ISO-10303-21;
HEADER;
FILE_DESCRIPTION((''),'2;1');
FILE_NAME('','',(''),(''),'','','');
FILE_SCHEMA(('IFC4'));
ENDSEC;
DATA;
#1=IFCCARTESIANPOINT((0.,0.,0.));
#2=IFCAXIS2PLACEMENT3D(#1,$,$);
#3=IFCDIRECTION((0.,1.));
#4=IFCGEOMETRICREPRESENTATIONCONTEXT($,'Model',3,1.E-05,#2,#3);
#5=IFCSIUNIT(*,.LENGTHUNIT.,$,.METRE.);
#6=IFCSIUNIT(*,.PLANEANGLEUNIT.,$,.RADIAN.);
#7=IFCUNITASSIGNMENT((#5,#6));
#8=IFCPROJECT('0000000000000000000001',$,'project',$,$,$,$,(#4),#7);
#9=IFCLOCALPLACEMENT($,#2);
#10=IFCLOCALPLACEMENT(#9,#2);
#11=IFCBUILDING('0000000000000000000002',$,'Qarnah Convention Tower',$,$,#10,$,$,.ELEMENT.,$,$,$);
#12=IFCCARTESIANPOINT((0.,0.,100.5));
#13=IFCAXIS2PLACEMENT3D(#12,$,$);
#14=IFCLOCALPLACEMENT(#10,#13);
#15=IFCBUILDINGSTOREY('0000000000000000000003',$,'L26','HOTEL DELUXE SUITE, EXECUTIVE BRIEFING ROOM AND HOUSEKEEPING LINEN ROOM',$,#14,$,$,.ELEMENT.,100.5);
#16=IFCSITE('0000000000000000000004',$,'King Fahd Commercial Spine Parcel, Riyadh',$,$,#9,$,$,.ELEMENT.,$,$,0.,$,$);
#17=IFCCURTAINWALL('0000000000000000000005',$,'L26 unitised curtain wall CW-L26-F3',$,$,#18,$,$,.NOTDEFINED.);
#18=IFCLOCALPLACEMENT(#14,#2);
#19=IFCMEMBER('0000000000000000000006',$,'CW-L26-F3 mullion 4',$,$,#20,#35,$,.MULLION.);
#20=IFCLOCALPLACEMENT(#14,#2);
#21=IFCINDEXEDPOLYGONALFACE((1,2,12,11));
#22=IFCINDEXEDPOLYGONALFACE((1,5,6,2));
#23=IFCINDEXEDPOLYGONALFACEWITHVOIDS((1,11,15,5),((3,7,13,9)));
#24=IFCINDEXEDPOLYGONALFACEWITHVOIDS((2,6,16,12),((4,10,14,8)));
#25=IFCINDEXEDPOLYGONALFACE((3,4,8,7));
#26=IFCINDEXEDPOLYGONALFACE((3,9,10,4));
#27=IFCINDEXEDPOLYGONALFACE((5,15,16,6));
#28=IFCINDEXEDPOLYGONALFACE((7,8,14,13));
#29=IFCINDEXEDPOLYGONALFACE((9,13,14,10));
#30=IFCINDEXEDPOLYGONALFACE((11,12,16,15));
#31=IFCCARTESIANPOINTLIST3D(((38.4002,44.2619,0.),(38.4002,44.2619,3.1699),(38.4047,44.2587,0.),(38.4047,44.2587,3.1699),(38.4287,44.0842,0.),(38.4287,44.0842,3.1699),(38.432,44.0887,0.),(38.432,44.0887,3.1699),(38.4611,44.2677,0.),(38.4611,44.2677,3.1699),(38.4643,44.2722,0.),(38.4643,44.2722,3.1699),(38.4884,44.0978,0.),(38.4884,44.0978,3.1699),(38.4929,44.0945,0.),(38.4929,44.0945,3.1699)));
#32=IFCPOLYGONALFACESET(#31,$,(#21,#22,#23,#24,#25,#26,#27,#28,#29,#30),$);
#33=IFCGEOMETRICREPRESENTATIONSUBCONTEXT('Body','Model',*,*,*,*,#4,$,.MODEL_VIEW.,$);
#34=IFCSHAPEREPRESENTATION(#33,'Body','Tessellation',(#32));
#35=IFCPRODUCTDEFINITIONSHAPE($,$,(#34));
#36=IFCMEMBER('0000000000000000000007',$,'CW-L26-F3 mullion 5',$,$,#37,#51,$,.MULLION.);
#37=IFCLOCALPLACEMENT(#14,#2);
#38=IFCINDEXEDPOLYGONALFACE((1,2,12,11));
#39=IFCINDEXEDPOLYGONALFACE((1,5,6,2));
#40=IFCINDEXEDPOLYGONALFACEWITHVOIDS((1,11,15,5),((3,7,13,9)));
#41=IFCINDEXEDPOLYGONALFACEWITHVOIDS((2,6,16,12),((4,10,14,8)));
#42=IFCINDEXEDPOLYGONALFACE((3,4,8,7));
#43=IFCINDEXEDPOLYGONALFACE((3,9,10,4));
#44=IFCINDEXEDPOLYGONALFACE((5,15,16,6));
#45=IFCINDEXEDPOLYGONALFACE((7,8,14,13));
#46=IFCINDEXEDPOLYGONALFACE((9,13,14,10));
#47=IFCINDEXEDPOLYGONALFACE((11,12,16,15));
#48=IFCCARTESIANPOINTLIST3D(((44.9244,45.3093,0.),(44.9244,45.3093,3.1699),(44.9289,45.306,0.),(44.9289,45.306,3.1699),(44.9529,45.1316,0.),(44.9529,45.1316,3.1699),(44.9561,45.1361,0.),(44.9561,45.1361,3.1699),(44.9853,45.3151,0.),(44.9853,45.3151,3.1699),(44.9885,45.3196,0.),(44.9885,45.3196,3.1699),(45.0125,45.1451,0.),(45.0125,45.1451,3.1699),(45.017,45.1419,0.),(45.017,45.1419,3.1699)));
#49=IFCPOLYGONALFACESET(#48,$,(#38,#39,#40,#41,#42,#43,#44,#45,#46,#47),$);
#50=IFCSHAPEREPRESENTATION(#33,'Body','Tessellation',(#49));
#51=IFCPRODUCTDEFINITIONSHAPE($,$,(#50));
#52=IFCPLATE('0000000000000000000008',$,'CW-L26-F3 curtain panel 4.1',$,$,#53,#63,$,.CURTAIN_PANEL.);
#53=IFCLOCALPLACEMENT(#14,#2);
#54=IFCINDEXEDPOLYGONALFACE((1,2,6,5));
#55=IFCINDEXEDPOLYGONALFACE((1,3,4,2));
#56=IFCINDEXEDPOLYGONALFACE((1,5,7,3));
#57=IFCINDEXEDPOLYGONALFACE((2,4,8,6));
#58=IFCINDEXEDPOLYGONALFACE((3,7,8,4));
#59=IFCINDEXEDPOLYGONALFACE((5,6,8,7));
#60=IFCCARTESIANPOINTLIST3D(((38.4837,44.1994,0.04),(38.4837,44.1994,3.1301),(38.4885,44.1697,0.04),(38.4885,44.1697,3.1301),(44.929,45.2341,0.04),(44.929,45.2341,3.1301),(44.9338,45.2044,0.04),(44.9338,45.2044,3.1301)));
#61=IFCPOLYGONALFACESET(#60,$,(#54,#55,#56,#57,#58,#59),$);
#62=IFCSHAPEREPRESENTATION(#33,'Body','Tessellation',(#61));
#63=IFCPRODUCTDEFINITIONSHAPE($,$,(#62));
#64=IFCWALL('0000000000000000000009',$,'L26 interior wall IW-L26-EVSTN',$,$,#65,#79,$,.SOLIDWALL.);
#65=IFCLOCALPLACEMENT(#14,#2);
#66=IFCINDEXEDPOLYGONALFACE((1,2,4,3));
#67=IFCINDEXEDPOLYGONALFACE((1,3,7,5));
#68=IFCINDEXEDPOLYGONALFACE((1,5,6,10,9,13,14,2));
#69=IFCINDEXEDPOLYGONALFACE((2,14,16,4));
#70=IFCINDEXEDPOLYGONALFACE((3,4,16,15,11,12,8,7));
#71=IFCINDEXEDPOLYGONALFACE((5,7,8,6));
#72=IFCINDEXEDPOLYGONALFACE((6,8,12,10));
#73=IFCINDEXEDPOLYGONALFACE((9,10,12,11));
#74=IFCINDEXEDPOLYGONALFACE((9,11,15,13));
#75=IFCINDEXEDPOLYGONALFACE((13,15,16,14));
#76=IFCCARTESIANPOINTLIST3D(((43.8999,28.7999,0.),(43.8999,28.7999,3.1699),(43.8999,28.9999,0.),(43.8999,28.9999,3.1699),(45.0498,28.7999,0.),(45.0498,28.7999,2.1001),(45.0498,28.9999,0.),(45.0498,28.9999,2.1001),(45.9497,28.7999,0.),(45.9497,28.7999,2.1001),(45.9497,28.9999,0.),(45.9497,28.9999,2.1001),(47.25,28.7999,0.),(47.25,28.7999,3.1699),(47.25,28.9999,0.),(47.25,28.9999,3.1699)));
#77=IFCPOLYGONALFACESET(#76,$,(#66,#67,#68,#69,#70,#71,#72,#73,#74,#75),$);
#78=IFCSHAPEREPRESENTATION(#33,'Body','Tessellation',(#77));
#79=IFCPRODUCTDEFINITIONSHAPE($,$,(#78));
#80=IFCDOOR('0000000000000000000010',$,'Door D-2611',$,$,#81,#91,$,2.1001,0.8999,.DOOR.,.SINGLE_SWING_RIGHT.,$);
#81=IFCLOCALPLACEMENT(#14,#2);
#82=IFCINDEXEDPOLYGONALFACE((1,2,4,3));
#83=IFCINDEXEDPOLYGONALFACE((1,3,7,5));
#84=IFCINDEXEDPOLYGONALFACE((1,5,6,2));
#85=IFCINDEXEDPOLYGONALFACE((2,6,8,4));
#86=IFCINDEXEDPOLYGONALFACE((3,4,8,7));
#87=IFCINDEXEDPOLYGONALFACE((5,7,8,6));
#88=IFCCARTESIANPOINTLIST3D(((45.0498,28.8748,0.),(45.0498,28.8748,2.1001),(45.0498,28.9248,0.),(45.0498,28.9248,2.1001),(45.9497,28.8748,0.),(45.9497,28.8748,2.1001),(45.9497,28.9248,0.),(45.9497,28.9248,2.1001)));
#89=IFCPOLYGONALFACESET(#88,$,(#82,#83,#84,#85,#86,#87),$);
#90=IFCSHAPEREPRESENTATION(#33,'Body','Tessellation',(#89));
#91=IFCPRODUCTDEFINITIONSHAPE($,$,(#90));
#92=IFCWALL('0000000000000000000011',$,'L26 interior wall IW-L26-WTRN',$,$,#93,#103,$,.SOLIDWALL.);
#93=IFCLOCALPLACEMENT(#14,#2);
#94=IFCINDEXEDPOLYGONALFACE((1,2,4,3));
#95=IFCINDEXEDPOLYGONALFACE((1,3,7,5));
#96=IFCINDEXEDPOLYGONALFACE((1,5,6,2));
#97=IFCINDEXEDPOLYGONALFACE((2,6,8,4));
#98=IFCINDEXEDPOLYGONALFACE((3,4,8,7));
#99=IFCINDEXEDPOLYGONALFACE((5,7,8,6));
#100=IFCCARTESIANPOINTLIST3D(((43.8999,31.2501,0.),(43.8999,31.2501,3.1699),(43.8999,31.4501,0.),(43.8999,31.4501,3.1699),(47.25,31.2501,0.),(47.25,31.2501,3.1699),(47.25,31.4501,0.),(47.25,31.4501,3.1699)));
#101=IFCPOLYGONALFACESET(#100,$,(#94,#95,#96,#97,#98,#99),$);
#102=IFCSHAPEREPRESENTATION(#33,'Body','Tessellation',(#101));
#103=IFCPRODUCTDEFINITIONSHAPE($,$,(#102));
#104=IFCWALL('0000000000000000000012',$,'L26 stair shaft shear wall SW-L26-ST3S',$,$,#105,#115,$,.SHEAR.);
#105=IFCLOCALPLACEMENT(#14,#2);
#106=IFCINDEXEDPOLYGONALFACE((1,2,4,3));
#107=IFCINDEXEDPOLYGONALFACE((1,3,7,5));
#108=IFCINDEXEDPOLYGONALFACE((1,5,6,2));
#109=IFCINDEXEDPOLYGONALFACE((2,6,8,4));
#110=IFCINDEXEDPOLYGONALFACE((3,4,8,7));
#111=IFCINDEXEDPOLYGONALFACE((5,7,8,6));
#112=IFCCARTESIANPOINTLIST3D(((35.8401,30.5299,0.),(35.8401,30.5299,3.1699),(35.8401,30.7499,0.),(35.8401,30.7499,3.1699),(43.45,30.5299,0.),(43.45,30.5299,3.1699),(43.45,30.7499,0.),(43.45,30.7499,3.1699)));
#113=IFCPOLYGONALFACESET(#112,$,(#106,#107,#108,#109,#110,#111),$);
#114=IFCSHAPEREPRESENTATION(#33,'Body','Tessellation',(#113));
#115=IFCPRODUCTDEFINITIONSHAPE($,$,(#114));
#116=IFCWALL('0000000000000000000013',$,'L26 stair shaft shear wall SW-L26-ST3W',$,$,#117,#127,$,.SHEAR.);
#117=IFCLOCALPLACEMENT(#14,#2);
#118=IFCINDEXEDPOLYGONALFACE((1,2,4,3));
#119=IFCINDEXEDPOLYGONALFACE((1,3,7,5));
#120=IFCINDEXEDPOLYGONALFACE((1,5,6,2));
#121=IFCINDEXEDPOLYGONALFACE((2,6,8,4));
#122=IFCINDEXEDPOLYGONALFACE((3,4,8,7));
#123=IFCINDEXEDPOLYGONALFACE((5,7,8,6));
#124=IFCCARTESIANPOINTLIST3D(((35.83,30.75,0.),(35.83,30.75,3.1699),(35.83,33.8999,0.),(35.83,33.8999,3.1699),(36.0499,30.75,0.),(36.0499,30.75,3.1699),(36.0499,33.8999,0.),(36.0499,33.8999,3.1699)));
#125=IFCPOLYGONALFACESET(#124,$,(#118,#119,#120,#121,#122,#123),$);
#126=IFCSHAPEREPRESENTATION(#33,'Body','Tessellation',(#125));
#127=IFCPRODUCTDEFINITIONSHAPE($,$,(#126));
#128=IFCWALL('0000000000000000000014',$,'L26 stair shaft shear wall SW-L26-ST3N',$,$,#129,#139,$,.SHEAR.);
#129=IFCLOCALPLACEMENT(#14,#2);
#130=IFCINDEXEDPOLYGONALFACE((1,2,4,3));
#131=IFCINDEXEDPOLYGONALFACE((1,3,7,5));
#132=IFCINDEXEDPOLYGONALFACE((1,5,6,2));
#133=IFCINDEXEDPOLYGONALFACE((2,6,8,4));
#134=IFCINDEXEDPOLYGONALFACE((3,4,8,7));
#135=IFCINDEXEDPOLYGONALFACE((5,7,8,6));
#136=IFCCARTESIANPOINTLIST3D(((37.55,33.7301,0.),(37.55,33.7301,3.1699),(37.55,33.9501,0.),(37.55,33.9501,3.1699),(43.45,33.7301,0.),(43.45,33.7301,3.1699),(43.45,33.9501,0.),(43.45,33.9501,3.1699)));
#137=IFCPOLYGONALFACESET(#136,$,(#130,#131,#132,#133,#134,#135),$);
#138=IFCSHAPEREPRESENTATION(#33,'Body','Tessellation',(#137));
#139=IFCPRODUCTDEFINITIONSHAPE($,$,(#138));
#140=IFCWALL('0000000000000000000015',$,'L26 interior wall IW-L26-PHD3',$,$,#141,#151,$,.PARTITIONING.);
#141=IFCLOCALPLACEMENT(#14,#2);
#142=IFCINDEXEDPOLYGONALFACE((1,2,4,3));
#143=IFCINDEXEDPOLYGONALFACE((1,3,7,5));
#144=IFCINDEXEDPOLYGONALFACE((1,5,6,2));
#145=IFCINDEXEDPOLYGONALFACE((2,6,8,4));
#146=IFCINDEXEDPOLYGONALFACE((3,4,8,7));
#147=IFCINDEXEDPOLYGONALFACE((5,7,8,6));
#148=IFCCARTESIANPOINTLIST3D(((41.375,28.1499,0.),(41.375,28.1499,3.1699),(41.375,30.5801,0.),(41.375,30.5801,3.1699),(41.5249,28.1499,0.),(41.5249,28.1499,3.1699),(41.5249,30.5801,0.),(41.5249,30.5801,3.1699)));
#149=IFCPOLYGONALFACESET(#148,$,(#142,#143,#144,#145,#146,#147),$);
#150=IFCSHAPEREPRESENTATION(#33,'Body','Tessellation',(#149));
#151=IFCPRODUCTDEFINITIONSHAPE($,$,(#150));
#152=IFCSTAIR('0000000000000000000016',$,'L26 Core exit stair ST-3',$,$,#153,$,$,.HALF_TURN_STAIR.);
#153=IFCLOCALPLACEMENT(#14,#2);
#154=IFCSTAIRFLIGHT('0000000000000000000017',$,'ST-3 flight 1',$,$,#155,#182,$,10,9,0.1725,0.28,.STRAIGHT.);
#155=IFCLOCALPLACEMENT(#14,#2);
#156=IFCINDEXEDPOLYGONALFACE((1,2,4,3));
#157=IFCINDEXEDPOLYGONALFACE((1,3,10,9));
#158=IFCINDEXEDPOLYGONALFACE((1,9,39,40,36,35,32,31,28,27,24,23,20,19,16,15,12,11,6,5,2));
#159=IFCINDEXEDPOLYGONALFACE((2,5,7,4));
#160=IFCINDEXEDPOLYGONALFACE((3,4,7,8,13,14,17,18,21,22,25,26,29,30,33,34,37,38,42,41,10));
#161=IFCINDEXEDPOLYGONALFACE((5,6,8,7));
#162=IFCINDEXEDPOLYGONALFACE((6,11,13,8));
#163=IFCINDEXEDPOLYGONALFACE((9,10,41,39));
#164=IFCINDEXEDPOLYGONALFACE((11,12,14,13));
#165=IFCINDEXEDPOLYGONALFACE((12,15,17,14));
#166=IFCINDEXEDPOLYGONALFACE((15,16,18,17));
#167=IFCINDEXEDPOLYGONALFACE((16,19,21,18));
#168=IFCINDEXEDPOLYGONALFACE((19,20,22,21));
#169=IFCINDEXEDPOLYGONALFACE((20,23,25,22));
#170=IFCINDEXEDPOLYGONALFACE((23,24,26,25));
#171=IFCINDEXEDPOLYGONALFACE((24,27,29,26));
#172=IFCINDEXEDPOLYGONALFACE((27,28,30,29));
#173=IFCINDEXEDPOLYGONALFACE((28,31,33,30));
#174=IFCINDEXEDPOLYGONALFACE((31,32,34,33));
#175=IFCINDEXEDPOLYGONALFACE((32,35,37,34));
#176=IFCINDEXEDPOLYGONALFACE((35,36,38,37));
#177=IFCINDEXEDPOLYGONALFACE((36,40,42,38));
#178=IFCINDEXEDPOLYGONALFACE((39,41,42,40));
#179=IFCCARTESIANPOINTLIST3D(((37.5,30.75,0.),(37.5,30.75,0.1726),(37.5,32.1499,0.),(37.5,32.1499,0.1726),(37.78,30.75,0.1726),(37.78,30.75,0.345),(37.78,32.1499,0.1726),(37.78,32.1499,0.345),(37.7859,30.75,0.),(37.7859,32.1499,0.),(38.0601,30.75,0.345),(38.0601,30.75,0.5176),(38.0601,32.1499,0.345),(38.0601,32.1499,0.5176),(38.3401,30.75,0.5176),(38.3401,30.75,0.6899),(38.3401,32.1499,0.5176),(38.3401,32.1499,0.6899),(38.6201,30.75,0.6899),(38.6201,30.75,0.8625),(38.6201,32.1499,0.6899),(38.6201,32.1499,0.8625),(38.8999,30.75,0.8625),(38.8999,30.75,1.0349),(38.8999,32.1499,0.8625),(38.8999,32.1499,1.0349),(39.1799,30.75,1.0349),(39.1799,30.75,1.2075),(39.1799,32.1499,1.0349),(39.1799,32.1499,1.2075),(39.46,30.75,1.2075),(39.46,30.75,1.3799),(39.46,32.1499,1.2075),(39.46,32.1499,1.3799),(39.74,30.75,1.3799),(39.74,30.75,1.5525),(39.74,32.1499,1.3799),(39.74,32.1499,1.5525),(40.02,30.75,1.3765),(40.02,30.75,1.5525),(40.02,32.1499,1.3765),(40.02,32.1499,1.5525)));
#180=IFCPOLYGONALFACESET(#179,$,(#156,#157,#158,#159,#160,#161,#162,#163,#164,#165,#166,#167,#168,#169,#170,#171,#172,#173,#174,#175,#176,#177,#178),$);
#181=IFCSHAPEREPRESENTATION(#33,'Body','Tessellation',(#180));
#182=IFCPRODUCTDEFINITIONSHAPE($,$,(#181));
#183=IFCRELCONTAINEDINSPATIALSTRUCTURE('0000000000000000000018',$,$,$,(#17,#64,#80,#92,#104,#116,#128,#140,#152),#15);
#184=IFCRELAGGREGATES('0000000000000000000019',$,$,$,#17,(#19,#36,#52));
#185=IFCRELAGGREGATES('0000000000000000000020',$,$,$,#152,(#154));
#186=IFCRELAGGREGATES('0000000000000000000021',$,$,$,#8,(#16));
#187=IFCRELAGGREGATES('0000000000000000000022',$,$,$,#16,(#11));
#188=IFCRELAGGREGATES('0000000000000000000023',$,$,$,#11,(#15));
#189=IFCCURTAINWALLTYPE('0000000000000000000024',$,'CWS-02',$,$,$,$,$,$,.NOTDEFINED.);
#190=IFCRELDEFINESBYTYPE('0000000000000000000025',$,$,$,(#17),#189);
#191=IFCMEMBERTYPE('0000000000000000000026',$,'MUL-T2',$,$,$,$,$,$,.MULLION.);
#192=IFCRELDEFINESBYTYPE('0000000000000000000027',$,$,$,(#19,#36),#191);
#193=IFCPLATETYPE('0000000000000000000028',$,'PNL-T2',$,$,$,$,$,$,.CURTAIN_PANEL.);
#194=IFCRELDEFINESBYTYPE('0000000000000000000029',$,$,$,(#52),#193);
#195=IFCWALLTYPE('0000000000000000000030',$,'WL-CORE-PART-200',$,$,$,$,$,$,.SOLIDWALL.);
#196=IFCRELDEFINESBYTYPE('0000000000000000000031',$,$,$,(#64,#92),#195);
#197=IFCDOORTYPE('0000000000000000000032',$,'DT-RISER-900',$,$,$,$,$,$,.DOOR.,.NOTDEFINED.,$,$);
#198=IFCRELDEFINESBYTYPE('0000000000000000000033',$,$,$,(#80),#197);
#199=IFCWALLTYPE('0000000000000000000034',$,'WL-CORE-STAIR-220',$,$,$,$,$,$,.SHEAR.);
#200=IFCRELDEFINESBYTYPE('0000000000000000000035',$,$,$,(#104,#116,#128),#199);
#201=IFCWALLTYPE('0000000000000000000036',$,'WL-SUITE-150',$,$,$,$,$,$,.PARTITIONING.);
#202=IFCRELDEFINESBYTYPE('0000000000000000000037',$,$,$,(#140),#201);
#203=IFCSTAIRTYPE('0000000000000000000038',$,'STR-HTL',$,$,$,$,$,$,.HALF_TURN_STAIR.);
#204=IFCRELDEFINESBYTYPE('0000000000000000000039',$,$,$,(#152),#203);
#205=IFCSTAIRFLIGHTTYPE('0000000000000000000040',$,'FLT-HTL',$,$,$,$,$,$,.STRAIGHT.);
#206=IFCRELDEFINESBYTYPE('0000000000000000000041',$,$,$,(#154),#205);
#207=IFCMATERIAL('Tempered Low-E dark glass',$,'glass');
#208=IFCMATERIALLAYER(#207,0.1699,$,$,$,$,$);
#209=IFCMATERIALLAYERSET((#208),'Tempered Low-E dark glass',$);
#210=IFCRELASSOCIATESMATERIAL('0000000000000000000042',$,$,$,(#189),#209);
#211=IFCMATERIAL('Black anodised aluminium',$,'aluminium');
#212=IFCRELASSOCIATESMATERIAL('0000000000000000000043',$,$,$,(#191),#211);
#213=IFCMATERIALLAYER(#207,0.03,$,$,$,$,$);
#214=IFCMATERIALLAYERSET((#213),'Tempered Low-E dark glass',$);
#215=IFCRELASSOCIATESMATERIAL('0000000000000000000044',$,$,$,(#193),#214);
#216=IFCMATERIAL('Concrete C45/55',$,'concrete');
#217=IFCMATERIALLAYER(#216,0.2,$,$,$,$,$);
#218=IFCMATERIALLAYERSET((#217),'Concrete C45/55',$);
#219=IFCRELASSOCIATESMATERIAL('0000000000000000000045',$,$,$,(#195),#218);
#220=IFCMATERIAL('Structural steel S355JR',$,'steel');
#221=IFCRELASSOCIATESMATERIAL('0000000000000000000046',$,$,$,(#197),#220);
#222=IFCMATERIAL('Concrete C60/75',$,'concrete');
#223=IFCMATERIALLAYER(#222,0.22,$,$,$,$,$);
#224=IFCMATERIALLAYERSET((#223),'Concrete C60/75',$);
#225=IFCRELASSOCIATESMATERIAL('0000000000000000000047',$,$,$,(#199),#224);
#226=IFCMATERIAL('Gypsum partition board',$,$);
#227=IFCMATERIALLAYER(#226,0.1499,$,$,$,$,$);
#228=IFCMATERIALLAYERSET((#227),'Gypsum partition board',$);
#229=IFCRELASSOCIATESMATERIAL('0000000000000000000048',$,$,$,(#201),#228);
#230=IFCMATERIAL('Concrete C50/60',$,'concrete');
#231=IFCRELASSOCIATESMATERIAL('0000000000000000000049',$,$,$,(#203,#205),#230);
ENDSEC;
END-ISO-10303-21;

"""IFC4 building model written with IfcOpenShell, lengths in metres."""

from ifc_helpers import new_model, si_unit, direction, frame, frame_2d, origin, origin_2d, place, context, subcontext, project, spatial, polyline, rectangle, hollow_rectangle, outline, extrude, material, layer, layer_set, material_profile, profile_set, type_object, element, fill, aggregate, save


model = new_model("IFC4")

# Units and contexts
model_context = context("Model", 3, precision=1e-05, world=origin(), true_north=direction((0.0, 1.0)))
body_context = subcontext(model_context, "Body", "Model", "MODEL_VIEW")
ifc_project = project(units=[si_unit("LENGTHUNIT", "METRE"), si_unit("PLANEANGLEUNIT", "RADIAN")], contexts=[model_context])

# Site, building, storey
site_placement = place(None, origin())
site = spatial("IfcSite", under=ifc_project, at=site_placement, Name="King Fahd Commercial Spine Parcel, Riyadh", CompositionType="ELEMENT", RefElevation=0.0)
building_placement = place(site_placement, origin())
building = spatial("IfcBuilding", under=site, at=building_placement, Name="Qarnah Convention Tower", CompositionType="ELEMENT")
storey_placement = place(building_placement, frame((0.0, 0.0, 100.5)))
storey = spatial("IfcBuildingStorey", under=building, at=storey_placement, Name="L26", Description="HOTEL DELUXE SUITE, EXECUTIVE BRIEFING ROOM AND HOUSEKEEPING LINEN ROOM", CompositionType="ELEMENT", Elevation=100.5)

# Shared definitions
ifc_material_1 = material(Name="Concrete C60/75", Category="concrete")

# Shared definitions
ifc_material_2 = material(Name="Structural steel S355JR", Category="steel")

# Curtain wall, members, plate
ifc_material_3 = material(Name="Tempered Low-E dark glass", Category="glass")
ifc_layer_1 = layer(ifc_material_3, 0.1699)
ifc_layer_set_1 = layer_set([ifc_layer_1], Name="Tempered Low-E dark glass")
curtain_wall_type = type_object("IfcCurtainWallType", Name="CWS-02", PredefinedType="NOTDEFINED", material=ifc_layer_set_1)
curtain_wall_placement = place(storey_placement, origin())
curtain_wall = element("IfcCurtainWall", 1, at=curtain_wall_placement, inside=storey, type_object=curtain_wall_type, Name="L26 unitised curtain wall CW-L26-F3", PredefinedType="NOTDEFINED")
ifc_material_4 = material(Name="Black anodised aluminium", Category="aluminium")
ifc_material_profile_1 = material_profile(ifc_material_4, hollow_rectangle(XDim=0.0649, YDim=0.1799, WallThickness=0.0039, at=origin_2d()), Name="MUL-65X180")
ifc_profile_set_1 = profile_set([ifc_material_profile_1], Name="Black anodised aluminium")
member_type = type_object("IfcMemberType", Name="MUL-T2", PredefinedType="MULLION", material=ifc_profile_set_1)
member_1_placement = place(storey_placement, frame((38.4465, 44.1782, 0.0), z_axis=(0.0, 0.0, 1.0), x_axis=(0.987357, 0.158511, 0.0)))
member_1 = element("IfcMember", 2, at=member_1_placement, type_object=member_type, Name="CW-L26-F3 mullion 4", PredefinedType="MULLION", context=body_context, shape_type="SweptSolid", body=[
    extrude(hollow_rectangle(XDim=0.0649, YDim=0.1799, WallThickness=0.0039, at=origin_2d()), origin(), (0.0, 0.0, 1.0), 3.1699),
])
member_2_placement = place(storey_placement, frame((44.9707, 45.2256, 0.0), z_axis=(0.0, 0.0, 1.0), x_axis=(0.987357, 0.158511, 0.0)))
member_2 = element("IfcMember", 3, at=member_2_placement, type_object=member_type, Name="CW-L26-F3 mullion 5", PredefinedType="MULLION", context=body_context, shape_type="SweptSolid", body=[
    extrude(hollow_rectangle(XDim=0.0649, YDim=0.1799, WallThickness=0.0039, at=origin_2d()), origin(), (0.0, 0.0, 1.0), 3.1699),
])
ifc_layer_2 = layer(ifc_material_3, 0.03)
ifc_layer_set_2 = layer_set([ifc_layer_2], Name="Tempered Low-E dark glass")
plate_type = type_object("IfcPlateType", Name="PNL-T2", PredefinedType="CURTAIN_PANEL", material=ifc_layer_set_2)
plate_placement = place(storey_placement, frame((41.7087, 44.7019, 0.04), z_axis=(0.0, 0.0, 1.0), x_axis=(0.987357, 0.158511, 0.0)))
plate = element("IfcPlate", 4, at=plate_placement, type_object=plate_type, Name="CW-L26-F3 curtain panel 4.1", PredefinedType="CURTAIN_PANEL", context=body_context, shape_type="SweptSolid", body=[
    extrude(rectangle(XDim=6.5278, YDim=0.03, at=origin_2d()), origin(), (0.0, 0.0, 1.0), 3.0901),
])
aggregate(curtain_wall, [member_1, member_2, plate])

# Wall, opening, door
ifc_material_5 = material(Name="Concrete C45/55", Category="concrete")
ifc_layer_3 = layer(ifc_material_5, 0.2)
ifc_layer_set_3 = layer_set([ifc_layer_3], Name="Concrete C45/55")
wall_type_1 = type_object("IfcWallType", Name="WL-CORE-PART-200", PredefinedType="SOLIDWALL", material=ifc_layer_set_3)
wall_1_placement = place(storey_placement, frame((43.8999, 28.8999, 0.0), z_axis=(0.0, 0.0, 1.0), x_axis=(1.0, 0.0, 0.0)))
wall_1 = element("IfcWall", 5, at=wall_1_placement, inside=storey, type_object=wall_type_1, Name="L26 interior wall IW-L26-EVSTN", PredefinedType="SOLIDWALL", context=body_context, shape_type="SweptSolid", body=[
    extrude(rectangle(XDim=3.3501, YDim=0.2, at=frame_2d((1.675, 0.0))), origin(), (0.0, 0.0, 1.0), 3.1699),
])
opening_placement = place(wall_1_placement, frame((1.1499, 0.0, 0.0)))
opening = element("IfcOpeningElement", 6, at=opening_placement, cuts=wall_1, PredefinedType="OPENING", context=body_context, shape_type="SweptSolid", body=[
    extrude(rectangle(XDim=0.8999, YDim=2.1001, at=frame_2d((0.45, 1.05))), frame((0.0, 0.1099, 0.0), z_axis=(0.0, -1.0, 0.0), x_axis=(1.0, 0.0, 0.0)), (0.0, 0.0, 1.0), 0.22),
])
door_type = type_object("IfcDoorType", Name="DT-RISER-900", OperationType="NOTDEFINED", PredefinedType="DOOR", material=ifc_material_2)
door_placement = place(opening_placement, origin())
door = element("IfcDoor", 7, at=door_placement, inside=storey, type_object=door_type, Name="Door D-2611", OperationType="SINGLE_SWING_RIGHT", OverallHeight=2.1001, OverallWidth=0.8999, PredefinedType="DOOR", context=body_context, shape_type="SweptSolid", body=[
    extrude(rectangle(XDim=0.8999, YDim=2.1001, at=frame_2d((0.45, 1.05))), frame((0.0, 0.0249, 0.0), z_axis=(0.0, -1.0, 0.0), x_axis=(1.0, 0.0, 0.0)), (0.0, 0.0, 1.0), 0.05),
])
fill(opening, door)

# Walls
wall_2_placement = place(storey_placement, frame((43.8999, 31.3501, 0.0), z_axis=(0.0, 0.0, 1.0), x_axis=(1.0, 0.0, 0.0)))
element("IfcWall", 8, at=wall_2_placement, inside=storey, type_object=wall_type_1, Name="L26 interior wall IW-L26-WTRN", PredefinedType="SOLIDWALL", context=body_context, shape_type="SweptSolid", body=[
    extrude(rectangle(XDim=3.3501, YDim=0.2, at=frame_2d((1.675, 0.0))), origin(), (0.0, 0.0, 1.0), 3.1699),
])
ifc_layer_4 = layer(ifc_material_1, 0.22)
ifc_layer_set_4 = layer_set([ifc_layer_4], Name="Concrete C60/75")
wall_type_2 = type_object("IfcWallType", Name="WL-CORE-STAIR-220", PredefinedType="SHEAR", material=ifc_layer_set_4)
wall_3_placement = place(storey_placement, frame((35.8401, 30.6399, 0.0), z_axis=(0.0, 0.0, 1.0), x_axis=(1.0, 0.0, 0.0)))
element("IfcWall", 9, at=wall_3_placement, inside=storey, type_object=wall_type_2, Name="L26 stair shaft shear wall SW-L26-ST3S", PredefinedType="SHEAR", context=body_context, shape_type="SweptSolid", body=[
    extrude(rectangle(XDim=7.6099, YDim=0.22, at=frame_2d((3.8049, 0.0))), origin(), (0.0, 0.0, 1.0), 3.1699),
])
wall_4_placement = place(storey_placement, frame((35.9399, 30.75, 0.0), z_axis=(0.0, 0.0, 1.0), x_axis=(0.0, 1.0, 0.0)))
element("IfcWall", 10, at=wall_4_placement, inside=storey, type_object=wall_type_2, Name="L26 stair shaft shear wall SW-L26-ST3W", PredefinedType="SHEAR", context=body_context, shape_type="SweptSolid", body=[
    extrude(rectangle(XDim=3.1499, YDim=0.22, at=frame_2d((1.575, 0.0))), origin(), (0.0, 0.0, 1.0), 3.1699),
])
wall_5_placement = place(storey_placement, frame((37.55, 33.8401, 0.0), z_axis=(0.0, 0.0, 1.0), x_axis=(1.0, 0.0, 0.0)))
element("IfcWall", 11, at=wall_5_placement, inside=storey, type_object=wall_type_2, Name="L26 stair shaft shear wall SW-L26-ST3N", PredefinedType="SHEAR", context=body_context, shape_type="SweptSolid", body=[
    extrude(rectangle(XDim=5.8999, YDim=0.22, at=frame_2d((2.95, 0.0))), origin(), (0.0, 0.0, 1.0), 3.1699),
])
ifc_material_6 = material(Name="Gypsum partition board")
ifc_layer_5 = layer(ifc_material_6, 0.1499)
ifc_layer_set_5 = layer_set([ifc_layer_5], Name="Gypsum partition board")
wall_type_3 = type_object("IfcWallType", Name="WL-SUITE-150", PredefinedType="PARTITIONING", material=ifc_layer_set_5)
wall_6_placement = place(storey_placement, frame((41.45, 28.1499, 0.0), z_axis=(0.0, 0.0, 1.0), x_axis=(0.0, 1.0, 0.0)))
element("IfcWall", 12, at=wall_6_placement, inside=storey, type_object=wall_type_3, Name="L26 interior wall IW-L26-PHD3", PredefinedType="PARTITIONING", context=body_context, shape_type="SweptSolid", body=[
    extrude(rectangle(XDim=2.4302, YDim=0.1499, at=frame_2d((1.2151, 0.0))), origin(), (0.0, 0.0, 1.0), 3.1699),
])

# Stair, stair flight
ifc_material_7 = material(Name="Concrete C50/60", Category="concrete")
stair_type = type_object("IfcStairType", Name="STR-HTL", PredefinedType="HALF_TURN_STAIR", material=ifc_material_7)
stair_placement = place(storey_placement, origin())
stair = element("IfcStair", 13, at=stair_placement, inside=storey, type_object=stair_type, Name="L26 Core exit stair ST-3", PredefinedType="HALF_TURN_STAIR")
stair_flight_type = type_object("IfcStairFlightType", Name="FLT-HTL", PredefinedType="STRAIGHT", material=ifc_material_7)
stair_flight_1_placement = place(storey_placement, frame((37.5, 31.45, 0.0), z_axis=(0.0, 0.0, 1.0), x_axis=(1.0, 0.0, 0.0)))
stair_flight_1 = element("IfcStairFlight", 14, at=stair_flight_1_placement, type_object=stair_flight_type, Name="ST-3 flight 1", NumberOfRisers=10, NumberOfTreads=9, PredefinedType="STRAIGHT", RiserHeight=0.1725, TreadLength=0.28, context=body_context, shape_type="SweptSolid", body=[
    extrude(outline(polyline([(0.0, 0.0), (0.0, 0.1726), (0.28, 0.1726), (0.28, 0.345), (0.5601, 0.345), (0.5601, 0.5176), (0.8401, 0.5176), (0.8401, 0.6899), (1.1201, 0.6899), (1.1201, 0.8625), (1.3999, 0.8625), (1.3999, 1.0349), (1.6799, 1.0349), (1.6799, 1.2075), (1.96, 1.2075), (1.96, 1.3799), (2.24, 1.3799), (2.24, 1.5525), (2.52, 1.5525), (2.52, 1.7251), (2.52, 1.3765), (0.2859, 0.0), (0.0, 0.0)])), frame((0.0, 0.7, 0.0), z_axis=(0.0, -1.0, 0.0), x_axis=(1.0, 0.0, 0.0)), (0.0, 0.0, 1.0), 1.3999),
])
aggregate(stair, [stair_flight_1])

save(model, "model.ifc")
